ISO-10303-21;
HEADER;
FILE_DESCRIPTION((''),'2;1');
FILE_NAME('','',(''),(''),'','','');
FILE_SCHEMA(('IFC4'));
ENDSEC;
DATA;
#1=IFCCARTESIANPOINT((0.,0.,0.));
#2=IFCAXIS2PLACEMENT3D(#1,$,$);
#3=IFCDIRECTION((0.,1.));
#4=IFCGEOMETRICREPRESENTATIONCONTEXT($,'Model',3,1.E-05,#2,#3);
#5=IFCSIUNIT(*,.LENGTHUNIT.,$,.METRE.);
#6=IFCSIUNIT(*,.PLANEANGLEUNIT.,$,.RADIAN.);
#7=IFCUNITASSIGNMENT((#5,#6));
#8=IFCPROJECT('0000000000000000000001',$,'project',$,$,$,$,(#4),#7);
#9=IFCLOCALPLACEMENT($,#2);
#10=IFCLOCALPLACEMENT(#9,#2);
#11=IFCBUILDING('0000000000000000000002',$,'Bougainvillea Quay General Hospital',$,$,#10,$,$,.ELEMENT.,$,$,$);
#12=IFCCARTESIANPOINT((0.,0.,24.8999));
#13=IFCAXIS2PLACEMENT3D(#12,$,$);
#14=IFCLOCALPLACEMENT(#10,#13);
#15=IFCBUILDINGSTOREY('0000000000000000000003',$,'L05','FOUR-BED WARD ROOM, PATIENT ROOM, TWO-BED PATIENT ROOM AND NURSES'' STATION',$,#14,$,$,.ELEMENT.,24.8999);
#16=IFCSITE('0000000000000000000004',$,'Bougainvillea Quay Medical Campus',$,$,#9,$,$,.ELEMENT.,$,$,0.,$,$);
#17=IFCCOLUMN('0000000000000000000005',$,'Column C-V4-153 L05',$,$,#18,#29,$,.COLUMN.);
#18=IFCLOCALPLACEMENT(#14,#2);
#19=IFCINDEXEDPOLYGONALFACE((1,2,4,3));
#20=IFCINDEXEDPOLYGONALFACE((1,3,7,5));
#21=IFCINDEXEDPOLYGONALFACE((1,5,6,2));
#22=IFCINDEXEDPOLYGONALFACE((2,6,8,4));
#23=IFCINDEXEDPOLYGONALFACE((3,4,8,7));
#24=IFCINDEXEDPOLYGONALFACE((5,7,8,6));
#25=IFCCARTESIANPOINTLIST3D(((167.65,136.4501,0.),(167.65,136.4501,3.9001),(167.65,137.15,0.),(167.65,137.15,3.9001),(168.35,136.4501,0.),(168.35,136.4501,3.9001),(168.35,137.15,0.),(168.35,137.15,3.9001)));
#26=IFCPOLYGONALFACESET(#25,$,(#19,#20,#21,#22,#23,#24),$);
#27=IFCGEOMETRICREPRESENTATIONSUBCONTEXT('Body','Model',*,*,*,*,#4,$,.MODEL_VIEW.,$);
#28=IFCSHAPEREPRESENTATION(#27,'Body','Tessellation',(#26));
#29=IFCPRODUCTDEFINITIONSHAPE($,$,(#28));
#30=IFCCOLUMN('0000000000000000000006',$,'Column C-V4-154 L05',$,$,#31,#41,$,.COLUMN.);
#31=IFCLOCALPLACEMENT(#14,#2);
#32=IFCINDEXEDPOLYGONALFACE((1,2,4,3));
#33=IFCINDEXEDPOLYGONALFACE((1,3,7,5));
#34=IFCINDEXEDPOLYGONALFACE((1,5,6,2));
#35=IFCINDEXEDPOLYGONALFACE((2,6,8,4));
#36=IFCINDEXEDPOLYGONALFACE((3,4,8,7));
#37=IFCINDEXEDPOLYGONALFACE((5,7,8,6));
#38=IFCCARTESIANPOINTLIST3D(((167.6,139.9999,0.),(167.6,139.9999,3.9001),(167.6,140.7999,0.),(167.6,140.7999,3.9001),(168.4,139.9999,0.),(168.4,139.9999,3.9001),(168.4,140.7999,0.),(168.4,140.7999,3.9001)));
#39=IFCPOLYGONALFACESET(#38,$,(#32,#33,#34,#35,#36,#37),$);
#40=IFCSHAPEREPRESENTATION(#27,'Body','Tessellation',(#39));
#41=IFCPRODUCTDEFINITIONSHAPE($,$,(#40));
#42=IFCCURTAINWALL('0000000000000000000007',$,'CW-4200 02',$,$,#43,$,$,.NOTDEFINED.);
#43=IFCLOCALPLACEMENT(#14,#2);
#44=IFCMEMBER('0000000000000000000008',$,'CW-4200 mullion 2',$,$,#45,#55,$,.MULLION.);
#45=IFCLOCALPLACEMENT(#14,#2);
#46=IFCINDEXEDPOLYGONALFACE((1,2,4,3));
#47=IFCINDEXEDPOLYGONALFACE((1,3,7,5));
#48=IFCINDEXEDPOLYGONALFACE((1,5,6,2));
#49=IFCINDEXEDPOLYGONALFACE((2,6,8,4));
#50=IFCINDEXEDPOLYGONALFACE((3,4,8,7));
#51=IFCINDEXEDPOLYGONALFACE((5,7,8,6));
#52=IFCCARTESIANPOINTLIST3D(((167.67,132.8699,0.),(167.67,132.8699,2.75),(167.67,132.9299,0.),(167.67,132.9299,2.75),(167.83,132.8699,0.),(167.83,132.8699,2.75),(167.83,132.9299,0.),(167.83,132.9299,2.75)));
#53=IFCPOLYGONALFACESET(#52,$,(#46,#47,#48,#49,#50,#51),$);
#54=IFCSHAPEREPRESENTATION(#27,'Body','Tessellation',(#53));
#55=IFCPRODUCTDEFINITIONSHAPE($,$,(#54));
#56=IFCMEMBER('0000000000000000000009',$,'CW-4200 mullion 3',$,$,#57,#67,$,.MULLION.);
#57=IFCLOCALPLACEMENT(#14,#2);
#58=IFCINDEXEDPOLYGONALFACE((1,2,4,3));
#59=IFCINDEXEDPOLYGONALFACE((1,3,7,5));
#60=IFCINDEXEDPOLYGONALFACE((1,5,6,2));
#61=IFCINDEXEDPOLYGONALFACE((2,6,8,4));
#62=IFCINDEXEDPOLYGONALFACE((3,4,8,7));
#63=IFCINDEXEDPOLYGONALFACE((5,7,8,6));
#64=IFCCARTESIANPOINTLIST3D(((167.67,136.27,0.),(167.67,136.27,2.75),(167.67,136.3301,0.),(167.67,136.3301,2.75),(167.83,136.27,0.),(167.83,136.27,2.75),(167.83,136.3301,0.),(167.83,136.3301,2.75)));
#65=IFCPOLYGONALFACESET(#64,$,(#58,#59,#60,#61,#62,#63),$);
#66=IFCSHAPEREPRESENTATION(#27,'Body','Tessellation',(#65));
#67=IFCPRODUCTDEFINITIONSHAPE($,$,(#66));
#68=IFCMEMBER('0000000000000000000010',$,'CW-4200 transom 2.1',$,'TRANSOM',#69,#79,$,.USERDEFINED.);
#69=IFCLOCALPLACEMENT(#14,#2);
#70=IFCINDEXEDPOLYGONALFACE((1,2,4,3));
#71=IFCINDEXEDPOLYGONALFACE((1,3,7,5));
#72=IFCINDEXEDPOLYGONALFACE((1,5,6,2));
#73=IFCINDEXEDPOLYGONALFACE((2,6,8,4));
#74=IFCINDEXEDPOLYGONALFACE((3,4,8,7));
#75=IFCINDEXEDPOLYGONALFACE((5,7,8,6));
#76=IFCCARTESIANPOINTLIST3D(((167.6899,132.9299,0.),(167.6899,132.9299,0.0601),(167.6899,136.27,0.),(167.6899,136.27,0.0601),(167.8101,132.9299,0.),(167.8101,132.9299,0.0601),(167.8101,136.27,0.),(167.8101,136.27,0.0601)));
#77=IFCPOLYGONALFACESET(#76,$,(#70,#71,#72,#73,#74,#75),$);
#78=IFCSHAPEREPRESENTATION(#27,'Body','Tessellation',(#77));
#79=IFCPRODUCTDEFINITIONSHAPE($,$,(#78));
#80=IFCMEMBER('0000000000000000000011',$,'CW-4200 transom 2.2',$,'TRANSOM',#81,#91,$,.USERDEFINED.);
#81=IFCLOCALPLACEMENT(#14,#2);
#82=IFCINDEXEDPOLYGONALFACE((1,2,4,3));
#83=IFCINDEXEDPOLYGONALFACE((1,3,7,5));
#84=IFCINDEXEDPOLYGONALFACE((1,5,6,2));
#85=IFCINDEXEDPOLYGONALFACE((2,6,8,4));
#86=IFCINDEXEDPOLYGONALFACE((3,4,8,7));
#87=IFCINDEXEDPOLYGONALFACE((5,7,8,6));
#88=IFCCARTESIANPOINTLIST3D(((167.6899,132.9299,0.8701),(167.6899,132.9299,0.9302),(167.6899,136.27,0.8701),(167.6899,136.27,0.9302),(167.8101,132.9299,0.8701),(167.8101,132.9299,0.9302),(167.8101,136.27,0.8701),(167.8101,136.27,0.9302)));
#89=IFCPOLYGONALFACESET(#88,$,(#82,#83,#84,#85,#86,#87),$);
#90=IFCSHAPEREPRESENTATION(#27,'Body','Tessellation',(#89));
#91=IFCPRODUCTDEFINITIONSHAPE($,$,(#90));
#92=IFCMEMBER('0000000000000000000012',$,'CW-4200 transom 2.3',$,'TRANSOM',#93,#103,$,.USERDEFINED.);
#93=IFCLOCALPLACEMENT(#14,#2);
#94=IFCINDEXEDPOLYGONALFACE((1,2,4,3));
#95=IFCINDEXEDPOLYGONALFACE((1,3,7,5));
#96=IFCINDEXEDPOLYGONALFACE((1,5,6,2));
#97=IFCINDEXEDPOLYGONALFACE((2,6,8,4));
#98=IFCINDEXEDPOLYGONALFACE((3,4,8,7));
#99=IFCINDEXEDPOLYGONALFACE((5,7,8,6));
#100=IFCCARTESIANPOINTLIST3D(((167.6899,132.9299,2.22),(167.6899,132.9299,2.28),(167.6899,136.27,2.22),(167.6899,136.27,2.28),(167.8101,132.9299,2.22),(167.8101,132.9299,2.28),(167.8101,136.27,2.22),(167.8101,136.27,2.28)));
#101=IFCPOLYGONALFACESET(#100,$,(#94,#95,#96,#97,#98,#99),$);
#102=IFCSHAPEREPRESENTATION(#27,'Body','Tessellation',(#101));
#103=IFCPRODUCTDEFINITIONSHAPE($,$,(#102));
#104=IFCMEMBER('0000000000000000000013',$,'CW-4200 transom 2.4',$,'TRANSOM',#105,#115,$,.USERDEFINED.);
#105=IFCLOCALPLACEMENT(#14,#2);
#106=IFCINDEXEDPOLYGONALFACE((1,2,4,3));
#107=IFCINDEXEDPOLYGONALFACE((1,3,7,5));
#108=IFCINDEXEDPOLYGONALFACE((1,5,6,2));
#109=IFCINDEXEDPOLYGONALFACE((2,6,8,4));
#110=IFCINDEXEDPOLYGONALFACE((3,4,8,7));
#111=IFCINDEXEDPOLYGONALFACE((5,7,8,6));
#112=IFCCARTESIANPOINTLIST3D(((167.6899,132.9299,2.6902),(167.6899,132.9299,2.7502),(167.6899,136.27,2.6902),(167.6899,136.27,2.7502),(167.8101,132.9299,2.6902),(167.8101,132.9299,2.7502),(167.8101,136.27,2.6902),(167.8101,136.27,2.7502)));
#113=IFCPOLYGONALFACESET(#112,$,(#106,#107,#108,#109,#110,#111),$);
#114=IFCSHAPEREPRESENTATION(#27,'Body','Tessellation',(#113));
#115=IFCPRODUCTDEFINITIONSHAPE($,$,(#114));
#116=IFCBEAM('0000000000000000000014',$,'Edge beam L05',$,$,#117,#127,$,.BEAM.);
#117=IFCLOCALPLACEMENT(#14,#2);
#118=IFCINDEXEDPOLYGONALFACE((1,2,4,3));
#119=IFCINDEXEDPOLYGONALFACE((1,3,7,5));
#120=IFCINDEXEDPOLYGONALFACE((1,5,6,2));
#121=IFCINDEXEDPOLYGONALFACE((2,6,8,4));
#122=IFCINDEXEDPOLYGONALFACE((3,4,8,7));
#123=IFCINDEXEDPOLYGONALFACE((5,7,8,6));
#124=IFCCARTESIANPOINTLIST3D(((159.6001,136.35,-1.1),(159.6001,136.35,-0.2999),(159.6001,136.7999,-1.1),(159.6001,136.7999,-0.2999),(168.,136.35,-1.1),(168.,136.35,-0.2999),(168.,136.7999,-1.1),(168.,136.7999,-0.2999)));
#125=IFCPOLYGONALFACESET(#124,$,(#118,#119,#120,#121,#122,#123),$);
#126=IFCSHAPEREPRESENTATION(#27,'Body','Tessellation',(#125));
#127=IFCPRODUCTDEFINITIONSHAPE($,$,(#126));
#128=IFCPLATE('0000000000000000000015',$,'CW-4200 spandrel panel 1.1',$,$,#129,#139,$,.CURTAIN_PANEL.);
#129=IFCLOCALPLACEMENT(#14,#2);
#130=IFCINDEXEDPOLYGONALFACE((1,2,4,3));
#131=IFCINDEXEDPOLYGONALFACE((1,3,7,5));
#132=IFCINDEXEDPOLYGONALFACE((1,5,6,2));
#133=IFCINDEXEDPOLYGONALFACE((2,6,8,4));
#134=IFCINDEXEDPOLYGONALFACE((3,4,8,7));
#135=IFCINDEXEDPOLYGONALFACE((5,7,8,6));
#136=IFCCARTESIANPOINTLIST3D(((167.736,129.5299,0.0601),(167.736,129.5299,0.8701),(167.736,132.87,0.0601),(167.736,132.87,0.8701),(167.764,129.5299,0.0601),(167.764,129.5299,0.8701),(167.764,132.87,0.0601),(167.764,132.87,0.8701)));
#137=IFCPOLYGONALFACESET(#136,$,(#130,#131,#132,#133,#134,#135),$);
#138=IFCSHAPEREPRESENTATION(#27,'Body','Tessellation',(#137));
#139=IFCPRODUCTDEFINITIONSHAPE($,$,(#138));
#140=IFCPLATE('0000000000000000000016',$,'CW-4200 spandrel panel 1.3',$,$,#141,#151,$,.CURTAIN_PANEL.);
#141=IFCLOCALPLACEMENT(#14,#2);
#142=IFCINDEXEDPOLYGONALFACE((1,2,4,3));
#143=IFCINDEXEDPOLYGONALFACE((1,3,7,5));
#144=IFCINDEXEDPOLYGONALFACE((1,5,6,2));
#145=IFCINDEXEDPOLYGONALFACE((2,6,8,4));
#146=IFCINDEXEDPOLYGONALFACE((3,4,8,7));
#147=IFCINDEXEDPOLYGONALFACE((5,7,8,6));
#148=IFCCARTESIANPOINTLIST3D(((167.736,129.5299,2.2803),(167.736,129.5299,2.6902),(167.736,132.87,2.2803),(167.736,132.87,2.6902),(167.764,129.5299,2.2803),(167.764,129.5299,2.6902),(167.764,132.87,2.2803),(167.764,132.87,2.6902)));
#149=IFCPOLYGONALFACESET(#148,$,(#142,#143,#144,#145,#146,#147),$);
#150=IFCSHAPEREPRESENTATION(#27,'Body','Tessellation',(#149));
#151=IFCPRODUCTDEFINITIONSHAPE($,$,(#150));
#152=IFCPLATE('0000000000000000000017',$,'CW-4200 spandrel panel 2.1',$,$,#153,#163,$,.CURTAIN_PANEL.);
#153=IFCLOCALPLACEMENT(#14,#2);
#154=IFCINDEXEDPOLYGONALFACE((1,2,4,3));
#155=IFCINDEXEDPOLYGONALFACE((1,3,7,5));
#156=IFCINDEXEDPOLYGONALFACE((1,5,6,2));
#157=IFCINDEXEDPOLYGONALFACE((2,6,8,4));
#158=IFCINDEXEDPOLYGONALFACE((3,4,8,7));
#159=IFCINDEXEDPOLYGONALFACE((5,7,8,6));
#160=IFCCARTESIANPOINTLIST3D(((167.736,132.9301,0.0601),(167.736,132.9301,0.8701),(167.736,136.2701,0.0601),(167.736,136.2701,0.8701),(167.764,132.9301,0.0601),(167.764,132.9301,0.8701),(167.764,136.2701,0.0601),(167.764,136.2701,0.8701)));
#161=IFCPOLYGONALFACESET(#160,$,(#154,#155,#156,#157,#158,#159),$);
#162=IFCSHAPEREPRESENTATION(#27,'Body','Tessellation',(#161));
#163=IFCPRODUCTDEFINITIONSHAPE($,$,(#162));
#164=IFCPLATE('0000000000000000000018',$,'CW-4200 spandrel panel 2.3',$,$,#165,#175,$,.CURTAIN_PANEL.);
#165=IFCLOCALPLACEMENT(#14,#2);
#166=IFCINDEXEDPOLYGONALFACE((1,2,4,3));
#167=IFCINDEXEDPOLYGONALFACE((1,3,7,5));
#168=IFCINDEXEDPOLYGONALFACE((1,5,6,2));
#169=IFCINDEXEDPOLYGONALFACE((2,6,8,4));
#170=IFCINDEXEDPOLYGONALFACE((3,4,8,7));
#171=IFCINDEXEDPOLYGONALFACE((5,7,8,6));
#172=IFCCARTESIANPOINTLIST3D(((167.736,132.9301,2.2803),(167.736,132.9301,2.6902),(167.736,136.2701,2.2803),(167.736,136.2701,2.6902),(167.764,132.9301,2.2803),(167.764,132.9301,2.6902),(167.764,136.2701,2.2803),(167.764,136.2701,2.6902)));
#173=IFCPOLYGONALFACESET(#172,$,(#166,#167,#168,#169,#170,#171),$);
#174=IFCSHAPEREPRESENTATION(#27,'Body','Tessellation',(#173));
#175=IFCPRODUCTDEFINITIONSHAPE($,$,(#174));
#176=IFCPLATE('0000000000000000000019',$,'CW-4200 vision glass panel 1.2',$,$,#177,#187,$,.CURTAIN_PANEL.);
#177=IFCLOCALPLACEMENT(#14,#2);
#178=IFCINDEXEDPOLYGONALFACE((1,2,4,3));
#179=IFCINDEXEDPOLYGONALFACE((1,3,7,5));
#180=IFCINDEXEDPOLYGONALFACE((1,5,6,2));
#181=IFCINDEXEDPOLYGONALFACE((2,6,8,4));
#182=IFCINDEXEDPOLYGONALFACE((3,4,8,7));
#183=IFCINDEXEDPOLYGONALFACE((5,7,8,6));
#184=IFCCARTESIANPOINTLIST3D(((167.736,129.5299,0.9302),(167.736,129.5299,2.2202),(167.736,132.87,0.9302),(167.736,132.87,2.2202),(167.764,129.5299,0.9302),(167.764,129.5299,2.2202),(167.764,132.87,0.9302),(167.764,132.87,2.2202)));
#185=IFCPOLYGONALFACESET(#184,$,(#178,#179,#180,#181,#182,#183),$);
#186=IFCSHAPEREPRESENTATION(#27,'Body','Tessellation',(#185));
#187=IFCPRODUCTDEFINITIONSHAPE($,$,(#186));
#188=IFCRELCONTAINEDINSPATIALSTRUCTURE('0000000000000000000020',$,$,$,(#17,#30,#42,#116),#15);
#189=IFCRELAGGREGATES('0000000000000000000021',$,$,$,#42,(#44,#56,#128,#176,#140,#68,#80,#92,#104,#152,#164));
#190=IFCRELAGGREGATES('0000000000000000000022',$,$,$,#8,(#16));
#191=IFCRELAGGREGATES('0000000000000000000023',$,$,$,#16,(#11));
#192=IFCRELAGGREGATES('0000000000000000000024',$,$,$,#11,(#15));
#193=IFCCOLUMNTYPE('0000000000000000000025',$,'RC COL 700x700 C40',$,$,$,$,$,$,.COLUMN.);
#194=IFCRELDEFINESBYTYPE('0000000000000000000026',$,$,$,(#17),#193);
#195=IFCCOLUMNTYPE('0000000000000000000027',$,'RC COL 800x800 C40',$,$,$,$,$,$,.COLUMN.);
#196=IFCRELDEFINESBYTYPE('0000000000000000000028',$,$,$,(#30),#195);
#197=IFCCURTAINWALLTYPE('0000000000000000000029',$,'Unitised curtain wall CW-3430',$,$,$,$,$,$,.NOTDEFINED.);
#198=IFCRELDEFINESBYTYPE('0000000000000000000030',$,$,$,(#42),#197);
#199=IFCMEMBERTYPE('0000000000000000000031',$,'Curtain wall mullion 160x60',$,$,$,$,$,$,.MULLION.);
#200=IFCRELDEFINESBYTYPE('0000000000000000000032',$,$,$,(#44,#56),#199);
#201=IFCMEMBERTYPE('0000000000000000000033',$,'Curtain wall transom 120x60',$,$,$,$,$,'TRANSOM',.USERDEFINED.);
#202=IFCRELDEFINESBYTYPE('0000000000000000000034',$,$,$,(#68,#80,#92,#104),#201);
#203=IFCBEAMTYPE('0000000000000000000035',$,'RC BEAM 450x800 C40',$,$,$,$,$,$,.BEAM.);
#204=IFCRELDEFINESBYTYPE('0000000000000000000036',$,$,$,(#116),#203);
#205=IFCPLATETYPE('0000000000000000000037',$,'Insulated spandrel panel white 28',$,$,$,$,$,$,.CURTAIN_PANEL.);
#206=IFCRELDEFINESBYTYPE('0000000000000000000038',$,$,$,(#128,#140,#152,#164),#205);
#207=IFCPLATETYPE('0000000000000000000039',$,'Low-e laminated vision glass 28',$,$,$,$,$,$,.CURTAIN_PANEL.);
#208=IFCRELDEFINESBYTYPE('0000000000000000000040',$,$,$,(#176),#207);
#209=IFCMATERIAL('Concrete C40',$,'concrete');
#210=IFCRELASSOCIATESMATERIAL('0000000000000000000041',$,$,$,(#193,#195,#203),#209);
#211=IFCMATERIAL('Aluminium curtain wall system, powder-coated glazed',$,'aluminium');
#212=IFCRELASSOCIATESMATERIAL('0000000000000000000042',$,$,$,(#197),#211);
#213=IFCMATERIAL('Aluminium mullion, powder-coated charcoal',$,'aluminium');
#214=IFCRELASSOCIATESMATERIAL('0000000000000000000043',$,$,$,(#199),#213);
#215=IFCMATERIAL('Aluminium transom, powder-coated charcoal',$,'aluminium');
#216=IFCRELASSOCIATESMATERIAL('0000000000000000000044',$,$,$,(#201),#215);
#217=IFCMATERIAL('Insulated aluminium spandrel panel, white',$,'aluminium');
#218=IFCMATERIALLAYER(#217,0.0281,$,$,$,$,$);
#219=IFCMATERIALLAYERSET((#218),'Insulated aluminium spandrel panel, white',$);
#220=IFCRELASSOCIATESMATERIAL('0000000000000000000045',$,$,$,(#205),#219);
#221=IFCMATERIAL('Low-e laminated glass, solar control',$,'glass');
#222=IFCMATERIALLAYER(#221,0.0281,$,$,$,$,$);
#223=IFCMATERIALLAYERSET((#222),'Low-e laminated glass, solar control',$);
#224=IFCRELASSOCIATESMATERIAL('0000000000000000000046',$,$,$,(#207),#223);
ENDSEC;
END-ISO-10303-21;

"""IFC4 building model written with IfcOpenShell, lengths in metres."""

from ifc_helpers import new_model, si_unit, direction, frame, origin, origin_2d, place, context, subcontext, project, spatial, rectangle, extrude, material, layer, layer_set, material_profile, profile_set, type_object, element, aggregate, save


model = new_model("IFC4")

# Units and contexts
model_context = context("Model", 3, precision=1e-05, world=origin(), true_north=direction((0.0, 1.0)))
body_context = subcontext(model_context, "Body", "Model", "MODEL_VIEW")
ifc_project = project(units=[si_unit("LENGTHUNIT", "METRE"), si_unit("PLANEANGLEUNIT", "RADIAN")], contexts=[model_context])

# Site, building, storey
site_placement = place(None, origin())
site = spatial("IfcSite", under=ifc_project, at=site_placement, Name="Bougainvillea Quay Medical Campus", CompositionType="ELEMENT", RefElevation=0.0)
building_placement = place(site_placement, origin())
building = spatial("IfcBuilding", under=site, at=building_placement, Name="Bougainvillea Quay General Hospital", CompositionType="ELEMENT")
storey_placement = place(building_placement, frame((0.0, 0.0, 24.8999)))
storey = spatial("IfcBuildingStorey", under=building, at=storey_placement, Name="L05", Description="FOUR-BED WARD ROOM, PATIENT ROOM, TWO-BED PATIENT ROOM AND NURSES' STATION", CompositionType="ELEMENT", Elevation=24.8999)

# Columns
ifc_material_1 = material(Name="Concrete C40", Category="concrete")
ifc_material_profile_1 = material_profile(ifc_material_1, rectangle(XDim=0.7, YDim=0.7, at=origin_2d()))
ifc_profile_set_1 = profile_set([ifc_material_profile_1], Name="Concrete C40")
column_type_1 = type_object("IfcColumnType", Name="RC COL 700x700 C40", PredefinedType="COLUMN", material=ifc_profile_set_1)
column_1_placement = place(storey_placement, frame((168.0, 136.8, 0.0), z_axis=(0.0, 0.0, 1.0), x_axis=(1.0, 0.0, 0.0)))
element("IfcColumn", 1, at=column_1_placement, inside=storey, type_object=column_type_1, Name="Column C-V4-153 L05", PredefinedType="COLUMN", context=body_context, shape_type="SweptSolid", body=[
    extrude(rectangle(XDim=0.7, YDim=0.7, at=origin_2d()), origin(), (0.0, 0.0, 1.0), 3.9001),
])
ifc_material_profile_2 = material_profile(ifc_material_1, rectangle(XDim=0.8, YDim=0.8, at=origin_2d()))
ifc_profile_set_2 = profile_set([ifc_material_profile_2], Name="Concrete C40")
column_type_2 = type_object("IfcColumnType", Name="RC COL 800x800 C40", PredefinedType="COLUMN", material=ifc_profile_set_2)
column_2_placement = place(storey_placement, frame((168.0, 140.3999, 0.0), z_axis=(0.0, 0.0, 1.0), x_axis=(1.0, 0.0, 0.0)))
element("IfcColumn", 2, at=column_2_placement, inside=storey, type_object=column_type_2, Name="Column C-V4-154 L05", PredefinedType="COLUMN", context=body_context, shape_type="SweptSolid", body=[
    extrude(rectangle(XDim=0.8, YDim=0.8, at=origin_2d()), origin(), (0.0, 0.0, 1.0), 3.9001),
])

# Curtain wall, members
ifc_material_2 = material(Name="Aluminium curtain wall system, powder-coated glazed", Category="aluminium")
curtain_wall_type = type_object("IfcCurtainWallType", Name="Unitised curtain wall CW-3430", PredefinedType="NOTDEFINED", material=ifc_material_2)
curtain_wall_placement = place(storey_placement, origin())
curtain_wall = element("IfcCurtainWall", 3, at=curtain_wall_placement, inside=storey, type_object=curtain_wall_type, Name="CW-4200 02", PredefinedType="NOTDEFINED")
ifc_material_3 = material(Name="Aluminium mullion, powder-coated charcoal", Category="aluminium")
ifc_material_profile_3 = material_profile(ifc_material_3, rectangle(XDim=0.1599, YDim=0.0601, at=origin_2d()))
ifc_profile_set_3 = profile_set([ifc_material_profile_3], Name="Aluminium mullion, powder-coated charcoal")
member_type_1 = type_object("IfcMemberType", Name="Curtain wall mullion 160x60", PredefinedType="MULLION", material=ifc_profile_set_3)
member_1_placement = place(storey_placement, frame((167.75, 132.8999, 0.0), z_axis=(0.0, 0.0, 1.0), x_axis=(-1.0, 0.0, 0.0)))
member_1 = element("IfcMember", 4, at=member_1_placement, type_object=member_type_1, Name="CW-4200 mullion 2", PredefinedType="MULLION", context=body_context, shape_type="SweptSolid", body=[
    extrude(rectangle(XDim=0.1599, YDim=0.0601, at=origin_2d()), origin(), (0.0, 0.0, 1.0), 2.75),
])
member_2_placement = place(storey_placement, frame((167.75, 136.3, 0.0), z_axis=(0.0, 0.0, 1.0), x_axis=(-1.0, 0.0, 0.0)))
member_2 = element("IfcMember", 5, at=member_2_placement, type_object=member_type_1, Name="CW-4200 mullion 3", PredefinedType="MULLION", context=body_context, shape_type="SweptSolid", body=[
    extrude(rectangle(XDim=0.1599, YDim=0.0601, at=origin_2d()), origin(), (0.0, 0.0, 1.0), 2.75),
])
ifc_material_4 = material(Name="Aluminium transom, powder-coated charcoal", Category="aluminium")
ifc_material_profile_4 = material_profile(ifc_material_4, rectangle(XDim=0.1201, YDim=0.0601, at=origin_2d()))
ifc_profile_set_4 = profile_set([ifc_material_profile_4], Name="Aluminium transom, powder-coated charcoal")
member_type_2 = type_object("IfcMemberType", Name="Curtain wall transom 120x60", ElementType="TRANSOM", PredefinedType="USERDEFINED", material=ifc_profile_set_4)
member_3_placement = place(storey_placement, frame((167.75, 132.9299, 0.03), z_axis=(0.0, 1.0, 0.0), x_axis=(-1.0, 0.0, 0.0)))
member_3 = element("IfcMember", 6, at=member_3_placement, type_object=member_type_2, Name="CW-4200 transom 2.1", ObjectType="TRANSOM", PredefinedType="USERDEFINED", context=body_context, shape_type="SweptSolid", body=[
    extrude(rectangle(XDim=0.1201, YDim=0.0601, at=origin_2d()), origin(), (0.0, 0.0, 1.0), 3.3401),
])
member_4_placement = place(storey_placement, frame((167.75, 132.9299, 0.9001), z_axis=(0.0, 1.0, 0.0), x_axis=(-1.0, 0.0, 0.0)))
member_4 = element("IfcMember", 7, at=member_4_placement, type_object=member_type_2, Name="CW-4200 transom 2.2", ObjectType="TRANSOM", PredefinedType="USERDEFINED", context=body_context, shape_type="SweptSolid", body=[
    extrude(rectangle(XDim=0.1201, YDim=0.0601, at=origin_2d()), origin(), (0.0, 0.0, 1.0), 3.3401),
])
member_5_placement = place(storey_placement, frame((167.75, 132.9299, 2.25), z_axis=(0.0, 1.0, 0.0), x_axis=(-1.0, 0.0, 0.0)))
member_5 = element("IfcMember", 8, at=member_5_placement, type_object=member_type_2, Name="CW-4200 transom 2.3", ObjectType="TRANSOM", PredefinedType="USERDEFINED", context=body_context, shape_type="SweptSolid", body=[
    extrude(rectangle(XDim=0.1201, YDim=0.0601, at=origin_2d()), origin(), (0.0, 0.0, 1.0), 3.3401),
])
member_6_placement = place(storey_placement, frame((167.75, 132.9299, 2.7202), z_axis=(0.0, 1.0, 0.0), x_axis=(-1.0, 0.0, 0.0)))
member_6 = element("IfcMember", 9, at=member_6_placement, type_object=member_type_2, Name="CW-4200 transom 2.4", ObjectType="TRANSOM", PredefinedType="USERDEFINED", context=body_context, shape_type="SweptSolid", body=[
    extrude(rectangle(XDim=0.1201, YDim=0.0601, at=origin_2d()), origin(), (0.0, 0.0, 1.0), 3.3401),
])

# Beam
ifc_material_profile_5 = material_profile(ifc_material_1, rectangle(XDim=0.45, YDim=0.8, at=origin_2d()))
ifc_profile_set_5 = profile_set([ifc_material_profile_5], Name="Concrete C40")
beam_type = type_object("IfcBeamType", Name="RC BEAM 450x800 C40", PredefinedType="BEAM", material=ifc_profile_set_5)
beam_placement = place(storey_placement, frame((168.0, 136.575, -0.7), z_axis=(-1.0, 0.0, 0.0), x_axis=(0.0, -1.0, 0.0)))
element("IfcBeam", 10, at=beam_placement, inside=storey, type_object=beam_type, Name="Edge beam L05", PredefinedType="BEAM", context=body_context, shape_type="SweptSolid", body=[
    extrude(rectangle(XDim=0.45, YDim=0.8, at=origin_2d()), origin(), (0.0, 0.0, 1.0), 8.3999),
])

# Plates
ifc_material_5 = material(Name="Insulated aluminium spandrel panel, white", Category="aluminium")
ifc_layer_1 = layer(ifc_material_5, 0.0281)
ifc_layer_set_1 = layer_set([ifc_layer_1], Name="Insulated aluminium spandrel panel, white")
plate_type_1 = type_object("IfcPlateType", Name="Insulated spandrel panel white 28", PredefinedType="CURTAIN_PANEL", material=ifc_layer_set_1)
plate_1_placement = place(storey_placement, frame((167.75, 131.2, 0.0601), z_axis=(0.0, 0.0, 1.0), x_axis=(0.0, 1.0, 0.0)))
plate_1 = element("IfcPlate", 11, at=plate_1_placement, type_object=plate_type_1, Name="CW-4200 spandrel panel 1.1", PredefinedType="CURTAIN_PANEL", context=body_context, shape_type="SweptSolid", body=[
    extrude(rectangle(XDim=3.3401, YDim=0.0281, at=origin_2d()), origin(), (0.0, 0.0, 1.0), 0.8101),
])
plate_2_placement = place(storey_placement, frame((167.75, 131.2, 2.2803), z_axis=(0.0, 0.0, 1.0), x_axis=(0.0, 1.0, 0.0)))
plate_2 = element("IfcPlate", 12, at=plate_2_placement, type_object=plate_type_1, Name="CW-4200 spandrel panel 1.3", PredefinedType="CURTAIN_PANEL", context=body_context, shape_type="SweptSolid", body=[
    extrude(rectangle(XDim=3.3401, YDim=0.0281, at=origin_2d()), origin(), (0.0, 0.0, 1.0), 0.4099),
])
plate_3_placement = place(storey_placement, frame((167.75, 134.6001, 0.0601), z_axis=(0.0, 0.0, 1.0), x_axis=(0.0, 1.0, 0.0)))
plate_3 = element("IfcPlate", 13, at=plate_3_placement, type_object=plate_type_1, Name="CW-4200 spandrel panel 2.1", PredefinedType="CURTAIN_PANEL", context=body_context, shape_type="SweptSolid", body=[
    extrude(rectangle(XDim=3.3401, YDim=0.0281, at=origin_2d()), origin(), (0.0, 0.0, 1.0), 0.8101),
])
plate_4_placement = place(storey_placement, frame((167.75, 134.6001, 2.2803), z_axis=(0.0, 0.0, 1.0), x_axis=(0.0, 1.0, 0.0)))
plate_4 = element("IfcPlate", 14, at=plate_4_placement, type_object=plate_type_1, Name="CW-4200 spandrel panel 2.3", PredefinedType="CURTAIN_PANEL", context=body_context, shape_type="SweptSolid", body=[
    extrude(rectangle(XDim=3.3401, YDim=0.0281, at=origin_2d()), origin(), (0.0, 0.0, 1.0), 0.4099),
])
ifc_material_6 = material(Name="Low-e laminated glass, solar control", Category="glass")
ifc_layer_2 = layer(ifc_material_6, 0.0281)
ifc_layer_set_2 = layer_set([ifc_layer_2], Name="Low-e laminated glass, solar control")
plate_type_2 = type_object("IfcPlateType", Name="Low-e laminated vision glass 28", PredefinedType="CURTAIN_PANEL", material=ifc_layer_set_2)
plate_5_placement = place(storey_placement, frame((167.75, 131.2, 0.9302), z_axis=(0.0, 0.0, 1.0), x_axis=(0.0, 1.0, 0.0)))
plate_5 = element("IfcPlate", 15, at=plate_5_placement, type_object=plate_type_2, Name="CW-4200 vision glass panel 1.2", PredefinedType="CURTAIN_PANEL", context=body_context, shape_type="SweptSolid", body=[
    extrude(rectangle(XDim=3.3401, YDim=0.0281, at=origin_2d()), origin(), (0.0, 0.0, 1.0), 1.29),
])
aggregate(curtain_wall, [member_1, member_2, plate_1, plate_5, plate_2, member_3, member_4, member_5, member_6, plate_3, plate_4])

save(model, "model.ifc")
